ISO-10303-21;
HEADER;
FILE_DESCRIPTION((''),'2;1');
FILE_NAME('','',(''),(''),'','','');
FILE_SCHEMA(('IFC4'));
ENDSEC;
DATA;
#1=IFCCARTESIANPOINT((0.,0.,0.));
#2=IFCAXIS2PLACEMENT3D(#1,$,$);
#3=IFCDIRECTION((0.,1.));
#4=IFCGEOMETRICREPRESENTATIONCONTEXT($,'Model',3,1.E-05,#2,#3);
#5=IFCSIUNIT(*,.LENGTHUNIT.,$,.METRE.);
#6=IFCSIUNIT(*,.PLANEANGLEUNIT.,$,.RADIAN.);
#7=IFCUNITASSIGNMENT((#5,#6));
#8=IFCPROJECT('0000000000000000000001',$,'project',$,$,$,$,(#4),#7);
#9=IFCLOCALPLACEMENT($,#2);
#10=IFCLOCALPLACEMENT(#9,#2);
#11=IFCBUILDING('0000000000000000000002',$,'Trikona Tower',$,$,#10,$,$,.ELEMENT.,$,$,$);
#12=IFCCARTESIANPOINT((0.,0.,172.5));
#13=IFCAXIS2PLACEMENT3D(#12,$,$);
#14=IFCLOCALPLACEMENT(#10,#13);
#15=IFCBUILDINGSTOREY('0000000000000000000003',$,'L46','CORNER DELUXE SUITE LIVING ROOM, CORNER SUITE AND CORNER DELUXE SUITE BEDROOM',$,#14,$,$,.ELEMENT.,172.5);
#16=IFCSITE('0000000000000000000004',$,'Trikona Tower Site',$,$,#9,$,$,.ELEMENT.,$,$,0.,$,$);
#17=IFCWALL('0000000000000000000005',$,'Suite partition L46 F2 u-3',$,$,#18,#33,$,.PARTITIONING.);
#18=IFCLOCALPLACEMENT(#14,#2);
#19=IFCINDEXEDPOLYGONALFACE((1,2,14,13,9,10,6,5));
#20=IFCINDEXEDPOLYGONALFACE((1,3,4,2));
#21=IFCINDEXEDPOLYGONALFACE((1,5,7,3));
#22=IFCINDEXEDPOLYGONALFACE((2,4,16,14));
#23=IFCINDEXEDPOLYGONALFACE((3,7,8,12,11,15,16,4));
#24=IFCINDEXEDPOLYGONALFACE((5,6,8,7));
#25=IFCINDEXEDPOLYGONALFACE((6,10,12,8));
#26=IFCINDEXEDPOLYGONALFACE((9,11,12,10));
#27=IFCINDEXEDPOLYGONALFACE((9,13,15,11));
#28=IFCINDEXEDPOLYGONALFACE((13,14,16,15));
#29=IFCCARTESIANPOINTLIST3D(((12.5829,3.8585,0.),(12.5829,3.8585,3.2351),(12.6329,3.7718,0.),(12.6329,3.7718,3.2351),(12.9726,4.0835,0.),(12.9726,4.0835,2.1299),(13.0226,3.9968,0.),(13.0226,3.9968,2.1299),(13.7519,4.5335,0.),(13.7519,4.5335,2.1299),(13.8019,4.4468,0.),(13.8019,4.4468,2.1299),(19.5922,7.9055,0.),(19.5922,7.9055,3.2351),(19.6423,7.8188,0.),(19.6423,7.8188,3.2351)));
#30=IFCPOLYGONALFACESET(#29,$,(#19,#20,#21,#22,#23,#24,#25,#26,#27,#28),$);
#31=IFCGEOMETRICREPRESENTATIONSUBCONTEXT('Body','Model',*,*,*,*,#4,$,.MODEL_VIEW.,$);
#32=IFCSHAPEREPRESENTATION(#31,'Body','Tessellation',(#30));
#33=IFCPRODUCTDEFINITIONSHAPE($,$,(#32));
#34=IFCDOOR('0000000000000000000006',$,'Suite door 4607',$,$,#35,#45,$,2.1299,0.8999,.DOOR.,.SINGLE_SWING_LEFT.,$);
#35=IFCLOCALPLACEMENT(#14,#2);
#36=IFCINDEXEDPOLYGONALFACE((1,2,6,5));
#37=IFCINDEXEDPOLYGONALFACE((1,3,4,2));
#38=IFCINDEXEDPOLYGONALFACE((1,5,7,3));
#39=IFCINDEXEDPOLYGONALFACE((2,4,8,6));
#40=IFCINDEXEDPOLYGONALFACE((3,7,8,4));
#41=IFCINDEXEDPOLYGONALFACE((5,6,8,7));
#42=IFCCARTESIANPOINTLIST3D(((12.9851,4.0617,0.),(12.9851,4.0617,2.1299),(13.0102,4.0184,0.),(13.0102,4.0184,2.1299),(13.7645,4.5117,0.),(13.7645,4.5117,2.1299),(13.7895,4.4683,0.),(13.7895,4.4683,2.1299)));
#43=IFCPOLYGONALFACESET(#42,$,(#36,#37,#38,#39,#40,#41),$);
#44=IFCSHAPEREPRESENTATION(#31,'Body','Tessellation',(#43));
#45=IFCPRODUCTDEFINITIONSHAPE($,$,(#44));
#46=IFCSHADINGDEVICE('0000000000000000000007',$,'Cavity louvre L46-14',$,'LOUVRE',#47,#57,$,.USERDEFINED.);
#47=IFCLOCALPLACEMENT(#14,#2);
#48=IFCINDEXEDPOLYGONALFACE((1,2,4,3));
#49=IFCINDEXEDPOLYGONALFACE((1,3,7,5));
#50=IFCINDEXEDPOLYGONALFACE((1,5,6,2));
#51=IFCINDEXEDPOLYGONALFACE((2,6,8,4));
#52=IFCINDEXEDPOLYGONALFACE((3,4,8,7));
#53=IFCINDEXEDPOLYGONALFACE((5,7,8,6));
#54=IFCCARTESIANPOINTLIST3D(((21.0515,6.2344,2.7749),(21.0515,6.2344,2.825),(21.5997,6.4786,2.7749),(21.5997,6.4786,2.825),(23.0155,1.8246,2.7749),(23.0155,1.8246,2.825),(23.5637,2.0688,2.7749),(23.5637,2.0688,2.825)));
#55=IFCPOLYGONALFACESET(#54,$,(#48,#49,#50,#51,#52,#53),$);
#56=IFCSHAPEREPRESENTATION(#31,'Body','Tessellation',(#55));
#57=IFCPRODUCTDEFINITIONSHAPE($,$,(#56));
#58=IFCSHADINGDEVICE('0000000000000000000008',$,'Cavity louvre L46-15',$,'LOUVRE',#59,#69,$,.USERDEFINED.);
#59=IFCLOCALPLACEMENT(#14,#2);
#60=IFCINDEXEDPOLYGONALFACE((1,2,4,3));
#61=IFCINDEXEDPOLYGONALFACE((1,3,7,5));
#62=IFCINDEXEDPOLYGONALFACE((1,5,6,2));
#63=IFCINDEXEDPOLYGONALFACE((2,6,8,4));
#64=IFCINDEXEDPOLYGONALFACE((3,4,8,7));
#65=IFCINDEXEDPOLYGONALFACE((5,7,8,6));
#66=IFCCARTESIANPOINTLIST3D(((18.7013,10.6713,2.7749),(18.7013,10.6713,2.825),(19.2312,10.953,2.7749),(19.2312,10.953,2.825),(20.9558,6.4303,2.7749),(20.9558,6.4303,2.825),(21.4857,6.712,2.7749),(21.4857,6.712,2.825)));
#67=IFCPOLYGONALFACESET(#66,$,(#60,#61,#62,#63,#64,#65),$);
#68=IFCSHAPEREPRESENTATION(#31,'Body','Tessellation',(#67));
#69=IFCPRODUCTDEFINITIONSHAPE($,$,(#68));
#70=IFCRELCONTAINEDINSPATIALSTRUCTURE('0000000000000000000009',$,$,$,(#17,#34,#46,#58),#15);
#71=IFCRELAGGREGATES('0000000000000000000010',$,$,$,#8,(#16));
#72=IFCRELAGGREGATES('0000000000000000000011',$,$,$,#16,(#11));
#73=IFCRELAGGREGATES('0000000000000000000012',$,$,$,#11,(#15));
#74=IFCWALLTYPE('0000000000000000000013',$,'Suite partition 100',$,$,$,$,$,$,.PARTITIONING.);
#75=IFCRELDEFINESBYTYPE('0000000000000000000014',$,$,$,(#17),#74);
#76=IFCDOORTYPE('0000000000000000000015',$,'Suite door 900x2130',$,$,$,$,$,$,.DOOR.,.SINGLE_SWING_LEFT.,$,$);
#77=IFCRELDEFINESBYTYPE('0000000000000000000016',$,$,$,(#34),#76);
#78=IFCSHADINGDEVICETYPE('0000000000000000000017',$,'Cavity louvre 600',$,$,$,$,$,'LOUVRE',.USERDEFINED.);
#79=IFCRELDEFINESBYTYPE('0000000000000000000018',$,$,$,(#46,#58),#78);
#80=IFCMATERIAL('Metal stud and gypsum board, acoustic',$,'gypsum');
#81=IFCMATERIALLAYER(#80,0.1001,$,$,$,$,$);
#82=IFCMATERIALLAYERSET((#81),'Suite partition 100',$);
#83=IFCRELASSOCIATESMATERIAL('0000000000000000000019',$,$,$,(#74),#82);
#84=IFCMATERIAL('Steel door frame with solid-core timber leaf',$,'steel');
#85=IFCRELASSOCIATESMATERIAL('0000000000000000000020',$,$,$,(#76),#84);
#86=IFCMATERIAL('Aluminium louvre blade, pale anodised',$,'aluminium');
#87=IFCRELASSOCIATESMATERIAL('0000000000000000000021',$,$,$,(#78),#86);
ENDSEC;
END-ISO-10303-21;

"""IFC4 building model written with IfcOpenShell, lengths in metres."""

from ifc_helpers import new_model, si_unit, direction, frame, frame_2d, origin, origin_2d, place, context, subcontext, project, spatial, rectangle, extrude, material, layer, layer_set, type_object, element, fill, save


model = new_model("IFC4")

# Units and contexts
model_context = context("Model", 3, precision=1e-05, world=origin(), true_north=direction((0.0, 1.0)))
body_context = subcontext(model_context, "Body", "Model", "MODEL_VIEW")
ifc_project = project(units=[si_unit("LENGTHUNIT", "METRE"), si_unit("PLANEANGLEUNIT", "RADIAN")], contexts=[model_context])

# Site, building, storey
site_placement = place(None, origin())
site = spatial("IfcSite", under=ifc_project, at=site_placement, Name="Trikona Tower Site", CompositionType="ELEMENT", RefElevation=0.0)
building_placement = place(site_placement, origin())
building = spatial("IfcBuilding", under=site, at=building_placement, Name="Trikona Tower", CompositionType="ELEMENT")
storey_placement = place(building_placement, frame((0.0, 0.0, 172.5)))
storey = spatial("IfcBuildingStorey", under=building, at=storey_placement, Name="L46", Description="CORNER DELUXE SUITE LIVING ROOM, CORNER SUITE AND CORNER DELUXE SUITE BEDROOM", CompositionType="ELEMENT", Elevation=172.5)

# Wall, opening, door
ifc_material_1 = material(Name="Metal stud and gypsum board, acoustic", Category="gypsum")
ifc_layer_1 = layer(ifc_material_1, 0.1001)
ifc_layer_set_1 = layer_set([ifc_layer_1], Name="Suite partition 100")
wall_type_1 = type_object("IfcWallType", Name="Suite partition 100", PredefinedType="PARTITIONING", material=ifc_layer_set_1)
wall_1_placement = place(storey_placement, frame((12.6079, 3.8152, 0.0), z_axis=(0.0, 0.0, 1.0), x_axis=(0.866022, 0.500006, 0.0)))
wall_1 = element("IfcWall", 1, at=wall_1_placement, inside=storey, type_object=wall_type_1, Name="Suite partition L46 F2 u-3", PredefinedType="PARTITIONING", context=body_context, shape_type="SweptSolid", body=[
    extrude(rectangle(XDim=8.0938, YDim=0.1001, at=frame_2d((4.0469, 0.0))), origin(), (0.0, 0.0, 1.0), 3.2351),
])
opening_1_placement = place(wall_1_placement, frame((0.45, 0.0, 0.0)))
opening_1 = element("IfcOpeningElement", 2, at=opening_1_placement, cuts=wall_1, PredefinedType="OPENING", context=body_context, shape_type="SweptSolid", body=[
    extrude(rectangle(XDim=0.8999, YDim=2.1299, at=frame_2d((0.45, 1.0649))), frame((0.0, 0.0601, 0.0), z_axis=(0.0, -1.0, 0.0), x_axis=(1.0, 0.0, 0.0)), (0.0, 0.0, 1.0), 0.1201),
])
ifc_material_2 = material(Name="Steel door frame with solid-core timber leaf", Category="steel")
door_type = type_object("IfcDoorType", Name="Suite door 900x2130", OperationType="SINGLE_SWING_LEFT", PredefinedType="DOOR", material=ifc_material_2)
door_placement = place(opening_1_placement, origin())
door = element("IfcDoor", 3, at=door_placement, inside=storey, type_object=door_type, Name="Suite door 4607", OperationType="SINGLE_SWING_LEFT", OverallHeight=2.1299, OverallWidth=0.8999, PredefinedType="DOOR", context=body_context, shape_type="SweptSolid", body=[
    extrude(rectangle(XDim=0.8999, YDim=2.1299, at=frame_2d((0.45, 1.0649))), frame((0.0, 0.0249, 0.0), z_axis=(0.0, -1.0, 0.0), x_axis=(1.0, 0.0, 0.0)), (0.0, 0.0, 1.0), 0.05),
])
fill(opening_1, door)

# Shading devices
ifc_material_3 = material(Name="Aluminium louvre blade, pale anodised", Category="aluminium")
shading_device_type = type_object("IfcShadingDeviceType", Name="Cavity louvre 600", ElementType="LOUVRE", PredefinedType="USERDEFINED", material=ifc_material_3)
shading_device_1_placement = place(storey_placement, frame((22.3076, 4.1516, 2.7749), z_axis=(0.0, 0.0, 1.0), x_axis=(-0.406843, 0.913498, 0.0)))
element("IfcShadingDevice", 4, at=shading_device_1_placement, inside=storey, type_object=shading_device_type, Name="Cavity louvre L46-14", ObjectType="LOUVRE", PredefinedType="USERDEFINED", context=body_context, shape_type="SweptSolid", body=[
    extrude(rectangle(XDim=4.8274, YDim=0.6001, at=origin_2d()), origin(), (0.0, 0.0, 1.0), 0.05),
])
shading_device_2_placement = place(storey_placement, frame((20.0935, 8.6917, 2.7749), z_axis=(0.0, 0.0, 1.0), x_axis=(-0.469398, 0.882987, 0.0)))
element("IfcShadingDevice", 5, at=shading_device_2_placement, inside=storey, type_object=shading_device_type, Name="Cavity louvre L46-15", ObjectType="LOUVRE", PredefinedType="USERDEFINED", context=body_context, shape_type="SweptSolid", body=[
    extrude(rectangle(XDim=4.803, YDim=0.6001, at=origin_2d()), origin(), (0.0, 0.0, 1.0), 0.05),
])

save(model, "model.ifc")
